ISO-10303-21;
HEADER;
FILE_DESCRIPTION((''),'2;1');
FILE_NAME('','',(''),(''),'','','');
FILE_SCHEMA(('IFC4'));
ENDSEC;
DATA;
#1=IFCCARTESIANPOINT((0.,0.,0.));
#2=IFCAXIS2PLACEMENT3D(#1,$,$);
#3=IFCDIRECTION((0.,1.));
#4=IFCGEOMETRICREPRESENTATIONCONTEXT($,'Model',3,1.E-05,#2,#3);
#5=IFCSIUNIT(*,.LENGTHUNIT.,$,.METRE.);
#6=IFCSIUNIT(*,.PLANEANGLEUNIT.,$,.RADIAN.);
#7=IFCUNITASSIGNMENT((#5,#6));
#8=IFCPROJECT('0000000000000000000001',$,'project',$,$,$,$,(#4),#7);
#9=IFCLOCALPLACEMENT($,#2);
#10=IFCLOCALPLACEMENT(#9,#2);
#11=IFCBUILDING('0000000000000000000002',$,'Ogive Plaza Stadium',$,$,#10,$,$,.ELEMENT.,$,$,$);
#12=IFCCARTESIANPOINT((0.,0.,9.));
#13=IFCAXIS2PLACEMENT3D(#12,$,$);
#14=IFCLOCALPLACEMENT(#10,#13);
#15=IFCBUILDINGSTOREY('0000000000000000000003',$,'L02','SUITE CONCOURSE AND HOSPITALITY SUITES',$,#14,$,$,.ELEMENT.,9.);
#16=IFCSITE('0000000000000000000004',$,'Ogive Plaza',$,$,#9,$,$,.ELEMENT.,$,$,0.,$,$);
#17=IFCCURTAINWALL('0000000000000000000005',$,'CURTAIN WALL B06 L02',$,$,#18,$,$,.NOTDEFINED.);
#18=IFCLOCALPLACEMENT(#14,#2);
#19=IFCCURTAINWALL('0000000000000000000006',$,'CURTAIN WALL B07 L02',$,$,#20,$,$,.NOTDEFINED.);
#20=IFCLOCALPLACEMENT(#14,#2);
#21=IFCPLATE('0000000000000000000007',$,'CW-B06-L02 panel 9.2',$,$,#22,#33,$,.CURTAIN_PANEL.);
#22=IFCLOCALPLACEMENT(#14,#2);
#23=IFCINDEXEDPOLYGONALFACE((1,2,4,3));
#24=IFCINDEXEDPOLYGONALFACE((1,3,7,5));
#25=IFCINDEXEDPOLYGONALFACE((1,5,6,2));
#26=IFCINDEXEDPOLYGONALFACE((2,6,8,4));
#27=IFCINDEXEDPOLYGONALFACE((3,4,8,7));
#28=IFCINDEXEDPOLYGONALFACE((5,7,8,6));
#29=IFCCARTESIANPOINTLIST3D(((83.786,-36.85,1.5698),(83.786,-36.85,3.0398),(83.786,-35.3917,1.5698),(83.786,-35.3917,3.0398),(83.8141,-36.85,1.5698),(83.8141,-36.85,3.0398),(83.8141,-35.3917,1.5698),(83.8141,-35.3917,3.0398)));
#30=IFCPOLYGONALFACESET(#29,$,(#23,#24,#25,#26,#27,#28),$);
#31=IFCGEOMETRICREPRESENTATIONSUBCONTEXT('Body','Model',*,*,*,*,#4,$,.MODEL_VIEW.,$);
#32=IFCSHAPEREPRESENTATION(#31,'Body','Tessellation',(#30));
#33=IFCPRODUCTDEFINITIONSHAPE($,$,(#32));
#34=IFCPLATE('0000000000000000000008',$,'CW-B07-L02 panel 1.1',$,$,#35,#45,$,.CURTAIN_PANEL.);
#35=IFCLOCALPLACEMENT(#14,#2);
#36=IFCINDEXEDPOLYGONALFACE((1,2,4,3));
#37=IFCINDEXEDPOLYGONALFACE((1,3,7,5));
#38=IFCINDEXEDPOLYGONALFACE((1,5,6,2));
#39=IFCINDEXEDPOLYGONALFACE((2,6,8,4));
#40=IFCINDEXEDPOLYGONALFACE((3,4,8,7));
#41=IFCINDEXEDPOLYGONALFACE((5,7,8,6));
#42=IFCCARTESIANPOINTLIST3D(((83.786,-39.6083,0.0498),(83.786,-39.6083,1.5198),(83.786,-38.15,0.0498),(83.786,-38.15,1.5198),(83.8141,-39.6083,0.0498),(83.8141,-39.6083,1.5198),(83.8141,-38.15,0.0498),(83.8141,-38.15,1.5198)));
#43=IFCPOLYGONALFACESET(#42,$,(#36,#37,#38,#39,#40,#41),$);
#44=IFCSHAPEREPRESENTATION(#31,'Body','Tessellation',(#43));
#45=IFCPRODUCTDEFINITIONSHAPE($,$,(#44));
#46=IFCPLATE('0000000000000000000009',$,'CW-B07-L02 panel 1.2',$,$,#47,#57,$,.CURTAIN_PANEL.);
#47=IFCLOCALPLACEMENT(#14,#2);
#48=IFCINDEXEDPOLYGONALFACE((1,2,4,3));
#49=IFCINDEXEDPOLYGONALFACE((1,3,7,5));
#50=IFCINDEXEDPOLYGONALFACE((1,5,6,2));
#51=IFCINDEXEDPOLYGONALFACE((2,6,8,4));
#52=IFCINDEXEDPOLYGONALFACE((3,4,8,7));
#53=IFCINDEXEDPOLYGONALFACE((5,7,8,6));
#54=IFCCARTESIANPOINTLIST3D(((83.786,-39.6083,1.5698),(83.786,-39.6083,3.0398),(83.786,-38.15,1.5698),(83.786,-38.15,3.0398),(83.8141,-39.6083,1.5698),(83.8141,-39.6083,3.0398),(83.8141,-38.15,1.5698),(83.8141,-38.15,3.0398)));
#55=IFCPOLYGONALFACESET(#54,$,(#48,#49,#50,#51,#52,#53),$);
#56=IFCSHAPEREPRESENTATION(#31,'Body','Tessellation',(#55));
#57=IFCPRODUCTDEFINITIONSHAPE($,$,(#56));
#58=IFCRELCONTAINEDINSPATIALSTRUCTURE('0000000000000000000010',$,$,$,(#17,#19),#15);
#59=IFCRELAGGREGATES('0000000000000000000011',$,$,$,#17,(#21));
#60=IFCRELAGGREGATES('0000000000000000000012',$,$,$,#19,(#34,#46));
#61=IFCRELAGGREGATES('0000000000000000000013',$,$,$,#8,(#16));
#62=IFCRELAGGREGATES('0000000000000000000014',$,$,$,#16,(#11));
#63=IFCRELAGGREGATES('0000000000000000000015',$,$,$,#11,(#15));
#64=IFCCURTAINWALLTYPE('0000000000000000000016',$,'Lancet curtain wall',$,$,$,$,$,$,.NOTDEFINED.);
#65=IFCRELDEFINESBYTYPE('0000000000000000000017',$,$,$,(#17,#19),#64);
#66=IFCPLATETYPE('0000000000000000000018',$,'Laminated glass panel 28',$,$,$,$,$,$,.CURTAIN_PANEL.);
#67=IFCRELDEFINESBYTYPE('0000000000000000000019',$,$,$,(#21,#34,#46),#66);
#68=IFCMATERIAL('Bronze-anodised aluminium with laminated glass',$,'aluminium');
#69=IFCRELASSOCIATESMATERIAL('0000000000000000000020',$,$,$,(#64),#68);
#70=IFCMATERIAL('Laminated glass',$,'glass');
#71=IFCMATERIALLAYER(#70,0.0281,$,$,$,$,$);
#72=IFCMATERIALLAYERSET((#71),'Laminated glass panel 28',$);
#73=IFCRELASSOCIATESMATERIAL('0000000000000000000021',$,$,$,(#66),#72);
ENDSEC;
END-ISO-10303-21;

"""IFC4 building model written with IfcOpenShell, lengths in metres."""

from ifc_helpers import new_model, si_unit, direction, frame, origin, origin_2d, place, context, subcontext, project, spatial, rectangle, extrude, material, layer, layer_set, type_object, element, aggregate, save


model = new_model("IFC4")

# Units and contexts
model_context = context("Model", 3, precision=1e-05, world=origin(), true_north=direction((0.0, 1.0)))
body_context = subcontext(model_context, "Body", "Model", "MODEL_VIEW")
ifc_project = project(units=[si_unit("LENGTHUNIT", "METRE"), si_unit("PLANEANGLEUNIT", "RADIAN")], contexts=[model_context])

# Site, building, storey
site_placement = place(None, origin())
site = spatial("IfcSite", under=ifc_project, at=site_placement, Name="Ogive Plaza", CompositionType="ELEMENT", RefElevation=0.0)
building_placement = place(site_placement, origin())
building = spatial("IfcBuilding", under=site, at=building_placement, Name="Ogive Plaza Stadium", CompositionType="ELEMENT")
storey_placement = place(building_placement, frame((0.0, 0.0, 9.0)))
storey = spatial("IfcBuildingStorey", under=building, at=storey_placement, Name="L02", Description="SUITE CONCOURSE AND HOSPITALITY SUITES", CompositionType="ELEMENT", Elevation=9.0)

# Curtain walls
ifc_material_1 = material(Name="Bronze-anodised aluminium with laminated glass", Category="aluminium")
curtain_wall_type = type_object("IfcCurtainWallType", Name="Lancet curtain wall", PredefinedType="NOTDEFINED", material=ifc_material_1)
curtain_wall_1_placement = place(storey_placement, origin())
curtain_wall_1 = element("IfcCurtainWall", 1, at=curtain_wall_1_placement, inside=storey, type_object=curtain_wall_type, Name="CURTAIN WALL B06 L02", PredefinedType="NOTDEFINED")
curtain_wall_2_placement = place(storey_placement, origin())
curtain_wall_2 = element("IfcCurtainWall", 2, at=curtain_wall_2_placement, inside=storey, type_object=curtain_wall_type, Name="CURTAIN WALL B07 L02", PredefinedType="NOTDEFINED")

# Plates
ifc_material_2 = material(Name="Laminated glass", Category="glass")
ifc_layer = layer(ifc_material_2, 0.0281)
ifc_layer_set = layer_set([ifc_layer], Name="Laminated glass panel 28")
plate_type = type_object("IfcPlateType", Name="Laminated glass panel 28", PredefinedType="CURTAIN_PANEL", material=ifc_layer_set)
plate_1_placement = place(storey_placement, frame((83.8, -36.1208, 1.5698), z_axis=(0.0, 0.0, 1.0), x_axis=(0.0, -1.0, 0.0)))
plate_1 = element("IfcPlate", 3, at=plate_1_placement, type_object=plate_type, Name="CW-B06-L02 panel 9.2", PredefinedType="CURTAIN_PANEL", context=body_context, shape_type="SweptSolid", body=[
    extrude(rectangle(XDim=1.4583, YDim=0.0281, at=origin_2d()), origin(), (0.0, 0.0, 1.0), 1.47),
])
aggregate(curtain_wall_1, [plate_1])
plate_2_placement = place(storey_placement, frame((83.8, -38.8792, 0.0498), z_axis=(0.0, 0.0, 1.0), x_axis=(0.0, -1.0, 0.0)))
plate_2 = element("IfcPlate", 4, at=plate_2_placement, type_object=plate_type, Name="CW-B07-L02 panel 1.1", PredefinedType="CURTAIN_PANEL", context=body_context, shape_type="SweptSolid", body=[
    extrude(rectangle(XDim=1.4583, YDim=0.0281, at=origin_2d()), origin(), (0.0, 0.0, 1.0), 1.47),
])
plate_3_placement = place(storey_placement, frame((83.8, -38.8792, 1.5698), z_axis=(0.0, 0.0, 1.0), x_axis=(0.0, -1.0, 0.0)))
plate_3 = element("IfcPlate", 5, at=plate_3_placement, type_object=plate_type, Name="CW-B07-L02 panel 1.2", PredefinedType="CURTAIN_PANEL", context=body_context, shape_type="SweptSolid", body=[
    extrude(rectangle(XDim=1.4583, YDim=0.0281, at=origin_2d()), origin(), (0.0, 0.0, 1.0), 1.47),
])
aggregate(curtain_wall_2, [plate_2, plate_3])

save(model, "model.ifc")
